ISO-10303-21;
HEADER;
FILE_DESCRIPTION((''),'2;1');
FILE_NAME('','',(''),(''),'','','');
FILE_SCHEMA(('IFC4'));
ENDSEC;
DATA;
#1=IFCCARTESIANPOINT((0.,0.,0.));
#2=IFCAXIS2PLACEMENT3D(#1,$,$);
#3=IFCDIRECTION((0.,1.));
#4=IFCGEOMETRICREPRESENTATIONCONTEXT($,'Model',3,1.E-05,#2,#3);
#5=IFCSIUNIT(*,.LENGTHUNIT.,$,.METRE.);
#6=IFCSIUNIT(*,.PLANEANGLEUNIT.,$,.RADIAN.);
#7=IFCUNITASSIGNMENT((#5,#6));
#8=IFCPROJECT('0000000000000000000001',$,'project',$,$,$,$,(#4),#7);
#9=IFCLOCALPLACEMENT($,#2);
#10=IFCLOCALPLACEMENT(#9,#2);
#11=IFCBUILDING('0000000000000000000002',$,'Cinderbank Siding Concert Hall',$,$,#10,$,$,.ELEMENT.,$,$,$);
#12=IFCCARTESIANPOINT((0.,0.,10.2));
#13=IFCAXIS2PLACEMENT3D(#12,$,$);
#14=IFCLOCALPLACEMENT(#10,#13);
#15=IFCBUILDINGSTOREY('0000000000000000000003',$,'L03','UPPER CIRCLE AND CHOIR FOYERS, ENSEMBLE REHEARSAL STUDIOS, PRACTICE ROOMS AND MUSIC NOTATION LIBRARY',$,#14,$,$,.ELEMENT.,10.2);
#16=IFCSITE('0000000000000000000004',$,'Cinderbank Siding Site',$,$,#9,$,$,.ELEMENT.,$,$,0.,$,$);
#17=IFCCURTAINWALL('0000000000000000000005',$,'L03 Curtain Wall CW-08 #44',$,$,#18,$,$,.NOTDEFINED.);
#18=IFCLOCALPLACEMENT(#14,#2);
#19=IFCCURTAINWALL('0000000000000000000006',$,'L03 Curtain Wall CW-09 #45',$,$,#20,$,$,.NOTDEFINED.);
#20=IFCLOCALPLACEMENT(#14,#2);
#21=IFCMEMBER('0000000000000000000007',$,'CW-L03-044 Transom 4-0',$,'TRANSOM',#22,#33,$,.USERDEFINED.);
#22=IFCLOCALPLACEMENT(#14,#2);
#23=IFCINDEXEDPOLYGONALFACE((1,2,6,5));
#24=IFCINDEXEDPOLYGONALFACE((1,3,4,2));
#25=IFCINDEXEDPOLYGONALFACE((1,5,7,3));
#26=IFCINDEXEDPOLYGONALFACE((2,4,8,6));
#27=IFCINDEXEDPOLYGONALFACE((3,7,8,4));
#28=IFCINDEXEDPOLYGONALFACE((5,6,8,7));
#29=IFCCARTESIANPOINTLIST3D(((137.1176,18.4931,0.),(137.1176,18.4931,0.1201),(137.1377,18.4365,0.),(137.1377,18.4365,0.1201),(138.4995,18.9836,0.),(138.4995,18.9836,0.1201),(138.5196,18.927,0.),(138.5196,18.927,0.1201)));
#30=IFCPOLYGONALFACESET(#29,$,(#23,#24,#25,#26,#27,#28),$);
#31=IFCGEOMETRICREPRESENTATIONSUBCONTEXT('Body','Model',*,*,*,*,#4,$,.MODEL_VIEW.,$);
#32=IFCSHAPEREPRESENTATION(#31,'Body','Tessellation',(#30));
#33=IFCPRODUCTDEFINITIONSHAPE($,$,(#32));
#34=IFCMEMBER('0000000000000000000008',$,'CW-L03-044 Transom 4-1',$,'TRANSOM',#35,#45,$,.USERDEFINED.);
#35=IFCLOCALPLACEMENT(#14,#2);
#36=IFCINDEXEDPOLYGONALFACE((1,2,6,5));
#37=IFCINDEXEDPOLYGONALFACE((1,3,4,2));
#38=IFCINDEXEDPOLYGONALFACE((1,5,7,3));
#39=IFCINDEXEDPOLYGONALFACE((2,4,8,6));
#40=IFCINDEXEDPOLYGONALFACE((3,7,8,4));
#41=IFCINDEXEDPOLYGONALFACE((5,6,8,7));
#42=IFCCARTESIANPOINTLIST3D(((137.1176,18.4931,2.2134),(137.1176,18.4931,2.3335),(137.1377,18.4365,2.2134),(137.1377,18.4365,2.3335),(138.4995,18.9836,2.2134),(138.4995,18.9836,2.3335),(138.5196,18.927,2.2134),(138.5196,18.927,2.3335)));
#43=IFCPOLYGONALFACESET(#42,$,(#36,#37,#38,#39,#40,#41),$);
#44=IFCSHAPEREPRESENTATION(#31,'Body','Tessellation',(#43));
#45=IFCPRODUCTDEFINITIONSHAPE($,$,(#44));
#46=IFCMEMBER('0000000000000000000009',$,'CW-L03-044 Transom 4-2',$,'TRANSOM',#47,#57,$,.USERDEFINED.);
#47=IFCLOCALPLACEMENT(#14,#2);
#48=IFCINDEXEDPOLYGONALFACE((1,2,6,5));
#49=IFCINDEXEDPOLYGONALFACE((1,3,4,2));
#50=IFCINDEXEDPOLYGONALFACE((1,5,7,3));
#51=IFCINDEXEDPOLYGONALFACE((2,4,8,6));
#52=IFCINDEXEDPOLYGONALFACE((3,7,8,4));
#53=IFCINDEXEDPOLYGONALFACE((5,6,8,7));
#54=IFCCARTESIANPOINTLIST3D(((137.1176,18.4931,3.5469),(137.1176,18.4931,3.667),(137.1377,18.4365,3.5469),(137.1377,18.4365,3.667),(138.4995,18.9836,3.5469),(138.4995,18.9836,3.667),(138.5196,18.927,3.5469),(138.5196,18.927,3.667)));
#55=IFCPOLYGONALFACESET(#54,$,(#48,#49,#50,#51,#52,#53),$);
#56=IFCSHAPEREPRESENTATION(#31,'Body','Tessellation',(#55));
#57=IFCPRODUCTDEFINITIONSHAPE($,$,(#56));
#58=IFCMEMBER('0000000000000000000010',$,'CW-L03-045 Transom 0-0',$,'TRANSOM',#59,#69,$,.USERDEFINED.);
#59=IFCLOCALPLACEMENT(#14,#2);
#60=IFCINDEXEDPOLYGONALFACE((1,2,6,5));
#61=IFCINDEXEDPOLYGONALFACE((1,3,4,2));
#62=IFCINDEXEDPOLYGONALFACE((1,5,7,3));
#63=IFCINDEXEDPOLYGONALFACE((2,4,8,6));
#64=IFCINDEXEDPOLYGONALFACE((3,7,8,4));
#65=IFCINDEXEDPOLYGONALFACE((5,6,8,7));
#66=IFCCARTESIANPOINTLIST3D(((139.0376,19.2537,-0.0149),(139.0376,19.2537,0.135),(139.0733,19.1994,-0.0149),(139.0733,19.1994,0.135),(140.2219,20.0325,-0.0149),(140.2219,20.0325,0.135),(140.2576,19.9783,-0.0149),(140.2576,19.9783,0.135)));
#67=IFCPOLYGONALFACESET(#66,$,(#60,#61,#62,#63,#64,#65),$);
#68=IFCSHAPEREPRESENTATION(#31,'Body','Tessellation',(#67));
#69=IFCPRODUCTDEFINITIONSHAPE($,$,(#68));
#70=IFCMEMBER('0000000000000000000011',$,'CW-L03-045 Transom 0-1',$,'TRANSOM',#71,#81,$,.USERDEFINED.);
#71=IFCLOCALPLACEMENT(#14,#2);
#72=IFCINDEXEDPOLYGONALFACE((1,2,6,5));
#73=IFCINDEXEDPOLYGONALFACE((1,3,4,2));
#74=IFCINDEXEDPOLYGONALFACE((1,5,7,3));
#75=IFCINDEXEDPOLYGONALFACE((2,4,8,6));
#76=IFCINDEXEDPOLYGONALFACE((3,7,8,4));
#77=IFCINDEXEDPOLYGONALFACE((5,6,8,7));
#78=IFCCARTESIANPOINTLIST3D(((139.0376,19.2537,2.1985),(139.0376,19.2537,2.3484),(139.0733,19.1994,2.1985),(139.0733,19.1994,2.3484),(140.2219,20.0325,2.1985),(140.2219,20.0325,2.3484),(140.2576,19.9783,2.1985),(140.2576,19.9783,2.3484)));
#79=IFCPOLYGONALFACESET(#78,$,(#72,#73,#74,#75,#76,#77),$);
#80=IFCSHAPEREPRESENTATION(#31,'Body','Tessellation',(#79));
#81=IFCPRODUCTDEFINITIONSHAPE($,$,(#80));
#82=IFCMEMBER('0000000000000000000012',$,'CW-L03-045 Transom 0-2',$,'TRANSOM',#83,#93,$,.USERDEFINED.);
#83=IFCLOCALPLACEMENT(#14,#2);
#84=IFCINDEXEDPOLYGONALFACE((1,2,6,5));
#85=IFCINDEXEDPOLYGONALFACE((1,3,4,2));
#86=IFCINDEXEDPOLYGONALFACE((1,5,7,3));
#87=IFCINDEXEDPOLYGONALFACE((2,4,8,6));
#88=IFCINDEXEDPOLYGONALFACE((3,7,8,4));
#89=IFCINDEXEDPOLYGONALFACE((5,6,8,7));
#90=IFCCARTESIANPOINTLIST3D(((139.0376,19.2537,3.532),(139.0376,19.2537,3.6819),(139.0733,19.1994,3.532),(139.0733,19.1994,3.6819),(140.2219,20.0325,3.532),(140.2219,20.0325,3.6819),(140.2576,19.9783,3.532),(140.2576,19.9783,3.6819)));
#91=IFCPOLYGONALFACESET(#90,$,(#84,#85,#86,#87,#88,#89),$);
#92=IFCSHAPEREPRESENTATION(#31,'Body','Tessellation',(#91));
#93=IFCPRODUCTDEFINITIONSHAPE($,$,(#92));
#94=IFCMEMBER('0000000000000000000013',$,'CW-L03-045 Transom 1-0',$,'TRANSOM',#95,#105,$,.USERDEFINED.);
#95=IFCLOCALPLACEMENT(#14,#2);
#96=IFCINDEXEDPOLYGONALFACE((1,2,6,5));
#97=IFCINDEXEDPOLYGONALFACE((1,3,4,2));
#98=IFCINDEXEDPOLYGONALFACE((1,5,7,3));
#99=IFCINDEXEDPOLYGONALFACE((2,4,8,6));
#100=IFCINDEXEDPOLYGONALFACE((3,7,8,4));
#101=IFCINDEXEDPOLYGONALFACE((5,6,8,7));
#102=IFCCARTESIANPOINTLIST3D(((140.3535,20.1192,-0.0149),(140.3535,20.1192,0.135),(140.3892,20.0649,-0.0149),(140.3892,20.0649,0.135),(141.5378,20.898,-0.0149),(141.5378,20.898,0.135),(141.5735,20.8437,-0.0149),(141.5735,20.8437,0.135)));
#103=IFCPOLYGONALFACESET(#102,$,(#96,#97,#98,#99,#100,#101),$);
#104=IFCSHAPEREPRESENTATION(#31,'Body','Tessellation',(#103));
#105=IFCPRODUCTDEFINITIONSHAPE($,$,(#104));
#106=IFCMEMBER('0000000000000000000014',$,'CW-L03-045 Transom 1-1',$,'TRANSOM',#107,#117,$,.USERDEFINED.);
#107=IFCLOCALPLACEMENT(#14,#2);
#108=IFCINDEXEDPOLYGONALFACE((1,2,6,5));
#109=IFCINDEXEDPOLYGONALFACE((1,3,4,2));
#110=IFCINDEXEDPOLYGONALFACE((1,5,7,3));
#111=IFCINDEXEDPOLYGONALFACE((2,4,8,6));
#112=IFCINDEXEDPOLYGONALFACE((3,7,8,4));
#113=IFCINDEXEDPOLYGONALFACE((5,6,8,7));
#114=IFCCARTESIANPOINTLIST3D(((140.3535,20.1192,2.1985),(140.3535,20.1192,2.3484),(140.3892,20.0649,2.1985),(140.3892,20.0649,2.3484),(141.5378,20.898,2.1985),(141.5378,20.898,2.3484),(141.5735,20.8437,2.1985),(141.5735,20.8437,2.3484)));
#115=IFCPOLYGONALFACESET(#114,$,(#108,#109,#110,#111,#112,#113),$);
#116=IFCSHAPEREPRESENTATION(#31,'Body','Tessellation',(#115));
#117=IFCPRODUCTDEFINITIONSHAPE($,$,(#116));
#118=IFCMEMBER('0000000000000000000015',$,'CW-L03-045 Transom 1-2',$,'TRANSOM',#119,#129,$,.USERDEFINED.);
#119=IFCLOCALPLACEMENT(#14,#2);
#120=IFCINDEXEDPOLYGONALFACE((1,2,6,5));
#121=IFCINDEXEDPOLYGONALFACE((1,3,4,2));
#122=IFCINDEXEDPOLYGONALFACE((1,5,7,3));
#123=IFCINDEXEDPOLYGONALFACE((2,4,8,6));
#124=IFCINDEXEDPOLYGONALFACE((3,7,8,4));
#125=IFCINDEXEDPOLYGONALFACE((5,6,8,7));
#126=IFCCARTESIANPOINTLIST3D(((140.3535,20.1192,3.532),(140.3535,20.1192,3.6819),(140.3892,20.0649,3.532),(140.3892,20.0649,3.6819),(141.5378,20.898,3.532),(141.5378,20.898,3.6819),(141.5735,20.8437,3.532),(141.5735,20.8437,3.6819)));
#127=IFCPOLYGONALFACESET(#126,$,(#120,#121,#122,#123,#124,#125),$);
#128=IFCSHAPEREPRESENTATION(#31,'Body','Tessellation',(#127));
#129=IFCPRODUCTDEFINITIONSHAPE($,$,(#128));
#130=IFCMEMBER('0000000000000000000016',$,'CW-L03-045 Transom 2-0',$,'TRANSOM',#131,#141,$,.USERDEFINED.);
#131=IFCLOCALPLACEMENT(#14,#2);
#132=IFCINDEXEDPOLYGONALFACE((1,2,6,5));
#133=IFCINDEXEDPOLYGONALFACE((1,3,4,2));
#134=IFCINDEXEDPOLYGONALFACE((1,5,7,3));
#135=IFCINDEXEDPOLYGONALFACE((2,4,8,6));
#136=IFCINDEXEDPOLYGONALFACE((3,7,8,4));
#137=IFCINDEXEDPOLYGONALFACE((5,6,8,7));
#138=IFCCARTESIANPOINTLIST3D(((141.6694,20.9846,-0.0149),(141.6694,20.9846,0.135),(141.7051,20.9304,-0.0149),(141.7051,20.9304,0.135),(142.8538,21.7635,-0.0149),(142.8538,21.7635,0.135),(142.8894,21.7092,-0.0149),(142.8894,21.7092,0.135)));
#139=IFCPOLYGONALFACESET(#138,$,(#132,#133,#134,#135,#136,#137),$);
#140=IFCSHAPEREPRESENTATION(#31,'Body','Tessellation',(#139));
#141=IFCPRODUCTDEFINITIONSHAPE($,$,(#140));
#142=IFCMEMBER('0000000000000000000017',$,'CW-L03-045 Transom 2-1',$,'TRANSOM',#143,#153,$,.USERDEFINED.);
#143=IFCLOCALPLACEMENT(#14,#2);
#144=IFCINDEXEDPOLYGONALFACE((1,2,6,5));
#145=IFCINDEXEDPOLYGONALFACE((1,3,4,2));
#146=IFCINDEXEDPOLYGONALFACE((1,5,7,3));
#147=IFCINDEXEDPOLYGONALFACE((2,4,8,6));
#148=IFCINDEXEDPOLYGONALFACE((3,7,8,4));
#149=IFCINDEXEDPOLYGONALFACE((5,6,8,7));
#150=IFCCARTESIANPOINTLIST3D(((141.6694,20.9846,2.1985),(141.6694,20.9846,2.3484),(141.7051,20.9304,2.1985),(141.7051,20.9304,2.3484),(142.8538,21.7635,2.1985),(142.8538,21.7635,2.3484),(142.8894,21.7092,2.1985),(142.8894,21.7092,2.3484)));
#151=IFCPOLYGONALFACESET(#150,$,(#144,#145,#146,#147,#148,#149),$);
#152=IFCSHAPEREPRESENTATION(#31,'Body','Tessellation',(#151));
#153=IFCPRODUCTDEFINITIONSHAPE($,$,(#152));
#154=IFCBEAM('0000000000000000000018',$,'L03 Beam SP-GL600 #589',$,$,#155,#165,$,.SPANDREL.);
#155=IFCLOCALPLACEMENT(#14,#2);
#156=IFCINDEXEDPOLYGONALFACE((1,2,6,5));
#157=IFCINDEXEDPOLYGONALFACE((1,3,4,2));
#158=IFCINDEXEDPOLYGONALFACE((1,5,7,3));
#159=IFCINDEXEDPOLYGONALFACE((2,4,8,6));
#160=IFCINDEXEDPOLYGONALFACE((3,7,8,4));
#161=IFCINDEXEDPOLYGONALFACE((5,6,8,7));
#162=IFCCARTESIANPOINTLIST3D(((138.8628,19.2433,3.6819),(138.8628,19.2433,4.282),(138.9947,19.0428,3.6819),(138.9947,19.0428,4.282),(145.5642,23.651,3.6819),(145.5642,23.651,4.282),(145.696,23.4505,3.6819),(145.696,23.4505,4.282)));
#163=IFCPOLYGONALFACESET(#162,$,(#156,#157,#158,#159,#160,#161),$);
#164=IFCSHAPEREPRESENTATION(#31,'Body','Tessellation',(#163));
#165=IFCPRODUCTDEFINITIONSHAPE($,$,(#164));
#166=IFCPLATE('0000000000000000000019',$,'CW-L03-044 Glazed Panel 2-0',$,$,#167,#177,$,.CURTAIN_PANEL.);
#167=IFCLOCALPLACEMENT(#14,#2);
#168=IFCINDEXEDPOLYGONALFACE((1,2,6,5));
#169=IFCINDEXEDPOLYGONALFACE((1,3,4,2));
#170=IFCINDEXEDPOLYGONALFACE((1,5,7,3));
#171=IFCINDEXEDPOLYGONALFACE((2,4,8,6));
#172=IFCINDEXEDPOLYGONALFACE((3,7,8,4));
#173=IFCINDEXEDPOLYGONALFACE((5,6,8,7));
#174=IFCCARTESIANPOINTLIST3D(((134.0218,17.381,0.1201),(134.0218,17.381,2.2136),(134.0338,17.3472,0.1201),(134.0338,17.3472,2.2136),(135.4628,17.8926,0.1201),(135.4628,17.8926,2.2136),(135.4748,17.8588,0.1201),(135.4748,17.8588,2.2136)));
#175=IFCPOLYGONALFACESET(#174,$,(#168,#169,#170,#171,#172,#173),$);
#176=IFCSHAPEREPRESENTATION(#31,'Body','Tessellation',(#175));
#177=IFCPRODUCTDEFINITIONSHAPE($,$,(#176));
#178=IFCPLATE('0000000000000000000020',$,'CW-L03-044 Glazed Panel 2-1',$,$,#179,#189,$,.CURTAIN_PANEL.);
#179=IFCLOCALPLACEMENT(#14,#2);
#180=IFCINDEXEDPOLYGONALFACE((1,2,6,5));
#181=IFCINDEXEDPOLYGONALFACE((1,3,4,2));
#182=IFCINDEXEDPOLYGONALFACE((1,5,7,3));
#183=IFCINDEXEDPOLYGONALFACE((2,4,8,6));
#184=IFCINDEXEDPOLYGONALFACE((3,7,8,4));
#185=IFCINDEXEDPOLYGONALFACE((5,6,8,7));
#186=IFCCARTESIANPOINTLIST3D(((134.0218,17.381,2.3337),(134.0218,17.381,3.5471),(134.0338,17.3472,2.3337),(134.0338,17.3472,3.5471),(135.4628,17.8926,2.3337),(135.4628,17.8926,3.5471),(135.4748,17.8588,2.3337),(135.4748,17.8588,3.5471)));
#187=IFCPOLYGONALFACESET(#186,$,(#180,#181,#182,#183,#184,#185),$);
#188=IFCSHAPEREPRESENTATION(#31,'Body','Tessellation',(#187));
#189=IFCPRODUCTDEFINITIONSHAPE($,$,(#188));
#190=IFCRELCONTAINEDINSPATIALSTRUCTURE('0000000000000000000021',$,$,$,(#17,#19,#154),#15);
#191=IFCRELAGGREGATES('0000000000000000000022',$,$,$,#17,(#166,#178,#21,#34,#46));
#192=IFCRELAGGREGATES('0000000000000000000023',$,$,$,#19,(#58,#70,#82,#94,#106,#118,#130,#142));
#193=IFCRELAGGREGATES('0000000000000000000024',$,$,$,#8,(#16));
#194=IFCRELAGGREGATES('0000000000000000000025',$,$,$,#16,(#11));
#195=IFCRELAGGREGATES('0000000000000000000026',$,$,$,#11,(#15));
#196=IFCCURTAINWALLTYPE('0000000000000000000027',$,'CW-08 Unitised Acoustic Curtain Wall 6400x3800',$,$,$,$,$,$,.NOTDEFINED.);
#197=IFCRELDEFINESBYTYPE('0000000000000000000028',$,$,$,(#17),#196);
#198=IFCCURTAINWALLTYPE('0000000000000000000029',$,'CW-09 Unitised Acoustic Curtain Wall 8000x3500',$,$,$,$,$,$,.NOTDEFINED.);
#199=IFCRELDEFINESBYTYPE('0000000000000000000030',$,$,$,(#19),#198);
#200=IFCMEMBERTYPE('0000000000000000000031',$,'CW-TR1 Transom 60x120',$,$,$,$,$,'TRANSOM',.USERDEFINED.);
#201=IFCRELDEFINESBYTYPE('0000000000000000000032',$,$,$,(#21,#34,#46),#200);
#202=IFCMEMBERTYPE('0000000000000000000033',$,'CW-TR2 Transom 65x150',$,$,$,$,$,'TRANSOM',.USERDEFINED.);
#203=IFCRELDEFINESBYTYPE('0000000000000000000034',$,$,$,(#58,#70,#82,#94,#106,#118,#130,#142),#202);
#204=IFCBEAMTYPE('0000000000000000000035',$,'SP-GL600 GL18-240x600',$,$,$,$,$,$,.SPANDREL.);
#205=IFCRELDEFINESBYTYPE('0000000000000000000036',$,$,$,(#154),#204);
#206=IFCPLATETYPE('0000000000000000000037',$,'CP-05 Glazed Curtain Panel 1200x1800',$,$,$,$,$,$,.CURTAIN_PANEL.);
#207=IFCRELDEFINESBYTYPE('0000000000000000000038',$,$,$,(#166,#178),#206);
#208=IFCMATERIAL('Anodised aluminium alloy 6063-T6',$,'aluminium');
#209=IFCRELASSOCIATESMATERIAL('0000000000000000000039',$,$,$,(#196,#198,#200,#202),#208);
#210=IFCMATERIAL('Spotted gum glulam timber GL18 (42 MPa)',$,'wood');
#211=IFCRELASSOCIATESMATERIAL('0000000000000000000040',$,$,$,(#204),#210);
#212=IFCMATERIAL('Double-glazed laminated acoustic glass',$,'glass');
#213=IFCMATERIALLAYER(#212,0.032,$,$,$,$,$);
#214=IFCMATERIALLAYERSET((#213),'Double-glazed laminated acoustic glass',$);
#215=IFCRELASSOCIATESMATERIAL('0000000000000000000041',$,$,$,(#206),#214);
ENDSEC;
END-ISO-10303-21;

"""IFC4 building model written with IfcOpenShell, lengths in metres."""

from ifc_helpers import new_model, si_unit, direction, frame, origin, origin_2d, place, context, subcontext, project, spatial, rectangle, extrude, material, layer, layer_set, material_profile, profile_set, type_object, element, aggregate, save


model = new_model("IFC4")

# Units and contexts
model_context = context("Model", 3, precision=1e-05, world=origin(), true_north=direction((0.0, 1.0)))
body_context = subcontext(model_context, "Body", "Model", "MODEL_VIEW")
ifc_project = project(units=[si_unit("LENGTHUNIT", "METRE"), si_unit("PLANEANGLEUNIT", "RADIAN")], contexts=[model_context])

# Site, building, storey
site_placement = place(None, origin())
site = spatial("IfcSite", under=ifc_project, at=site_placement, Name="Cinderbank Siding Site", CompositionType="ELEMENT", RefElevation=0.0)
building_placement = place(site_placement, origin())
building = spatial("IfcBuilding", under=site, at=building_placement, Name="Cinderbank Siding Concert Hall", CompositionType="ELEMENT")
storey_placement = place(building_placement, frame((0.0, 0.0, 10.2)))
storey = spatial("IfcBuildingStorey", under=building, at=storey_placement, Name="L03", Description="UPPER CIRCLE AND CHOIR FOYERS, ENSEMBLE REHEARSAL STUDIOS, PRACTICE ROOMS AND MUSIC NOTATION LIBRARY", CompositionType="ELEMENT", Elevation=10.2)

# Curtain walls
ifc_material_1 = material(Name="Anodised aluminium alloy 6063-T6", Category="aluminium")
curtain_wall_type_1 = type_object("IfcCurtainWallType", Name="CW-08 Unitised Acoustic Curtain Wall 6400x3800", PredefinedType="NOTDEFINED", material=ifc_material_1)
curtain_wall_1_placement = place(storey_placement, origin())
curtain_wall_1 = element("IfcCurtainWall", 1, at=curtain_wall_1_placement, inside=storey, type_object=curtain_wall_type_1, Name="L03 Curtain Wall CW-08 #44", PredefinedType="NOTDEFINED")
curtain_wall_type_2 = type_object("IfcCurtainWallType", Name="CW-09 Unitised Acoustic Curtain Wall 8000x3500", PredefinedType="NOTDEFINED", material=ifc_material_1)
curtain_wall_2_placement = place(storey_placement, origin())
curtain_wall_2 = element("IfcCurtainWall", 2, at=curtain_wall_2_placement, inside=storey, type_object=curtain_wall_type_2, Name="L03 Curtain Wall CW-09 #45", PredefinedType="NOTDEFINED")

# Members
ifc_material_profile_1 = material_profile(ifc_material_1, rectangle(XDim=0.0601, YDim=0.1201, at=origin_2d()), Name="ALU-TRAN-60x120", Category="LoadBearing")
ifc_profile_set_1 = profile_set([ifc_material_profile_1], Name="Anodised aluminium alloy 6063-T6")
member_type_1 = type_object("IfcMemberType", Name="CW-TR1 Transom 60x120", ElementType="TRANSOM", PredefinedType="USERDEFINED", material=ifc_profile_set_1)
member_1_placement = place(storey_placement, frame((137.1277, 18.4648, 0.0601), z_axis=(0.942396, 0.3345, 0.0), x_axis=(-0.3345, 0.942396, 0.0)))
member_1 = element("IfcMember", 3, at=member_1_placement, type_object=member_type_1, Name="CW-L03-044 Transom 4-0", ObjectType="TRANSOM", PredefinedType="USERDEFINED", context=body_context, shape_type="SweptSolid", body=[
    extrude(rectangle(XDim=0.0601, YDim=0.1201, at=origin_2d()), origin(), (0.0, 0.0, 1.0), 1.4663),
])
member_2_placement = place(storey_placement, frame((137.1277, 18.4648, 2.2734), z_axis=(0.942396, 0.3345, 0.0), x_axis=(-0.3345, 0.942396, 0.0)))
member_2 = element("IfcMember", 4, at=member_2_placement, type_object=member_type_1, Name="CW-L03-044 Transom 4-1", ObjectType="TRANSOM", PredefinedType="USERDEFINED", context=body_context, shape_type="SweptSolid", body=[
    extrude(rectangle(XDim=0.0601, YDim=0.1201, at=origin_2d()), origin(), (0.0, 0.0, 1.0), 1.4663),
])
member_3_placement = place(storey_placement, frame((137.1277, 18.4648, 3.6069), z_axis=(0.942396, 0.3345, 0.0), x_axis=(-0.3345, 0.942396, 0.0)))
member_3 = element("IfcMember", 5, at=member_3_placement, type_object=member_type_1, Name="CW-L03-044 Transom 4-2", ObjectType="TRANSOM", PredefinedType="USERDEFINED", context=body_context, shape_type="SweptSolid", body=[
    extrude(rectangle(XDim=0.0601, YDim=0.1201, at=origin_2d()), origin(), (0.0, 0.0, 1.0), 1.4663),
])
ifc_material_profile_2 = material_profile(ifc_material_1, rectangle(XDim=0.0649, YDim=0.1499, at=origin_2d()), Name="ALU-TRAN-65x150", Category="LoadBearing")
ifc_profile_set_2 = profile_set([ifc_material_profile_2], Name="Anodised aluminium alloy 6063-T6")
member_type_2 = type_object("IfcMemberType", Name="CW-TR2 Transom 65x150", ElementType="TRANSOM", PredefinedType="USERDEFINED", material=ifc_profile_set_2)
member_4_placement = place(storey_placement, frame((139.0554, 19.2266, 0.0601), z_axis=(0.835532, 0.549443, 0.0), x_axis=(-0.549443, 0.835532, 0.0)))
member_4 = element("IfcMember", 6, at=member_4_placement, type_object=member_type_2, Name="CW-L03-045 Transom 0-0", ObjectType="TRANSOM", PredefinedType="USERDEFINED", context=body_context, shape_type="SweptSolid", body=[
    extrude(rectangle(XDim=0.0649, YDim=0.1499, at=origin_2d()), origin(), (0.0, 0.0, 1.0), 1.4175),
])
member_5_placement = place(storey_placement, frame((139.0554, 19.2266, 2.2734), z_axis=(0.835532, 0.549443, 0.0), x_axis=(-0.549443, 0.835532, 0.0)))
member_5 = element("IfcMember", 7, at=member_5_placement, type_object=member_type_2, Name="CW-L03-045 Transom 0-1", ObjectType="TRANSOM", PredefinedType="USERDEFINED", context=body_context, shape_type="SweptSolid", body=[
    extrude(rectangle(XDim=0.0649, YDim=0.1499, at=origin_2d()), origin(), (0.0, 0.0, 1.0), 1.4175),
])
member_6_placement = place(storey_placement, frame((139.0554, 19.2266, 3.6069), z_axis=(0.835532, 0.549443, 0.0), x_axis=(-0.549443, 0.835532, 0.0)))
member_6 = element("IfcMember", 8, at=member_6_placement, type_object=member_type_2, Name="CW-L03-045 Transom 0-2", ObjectType="TRANSOM", PredefinedType="USERDEFINED", context=body_context, shape_type="SweptSolid", body=[
    extrude(rectangle(XDim=0.0649, YDim=0.1499, at=origin_2d()), origin(), (0.0, 0.0, 1.0), 1.4175),
])
member_7_placement = place(storey_placement, frame((140.3713, 20.092, 0.0601), z_axis=(0.835532, 0.549443, 0.0), x_axis=(-0.549443, 0.835532, 0.0)))
member_7 = element("IfcMember", 9, at=member_7_placement, type_object=member_type_2, Name="CW-L03-045 Transom 1-0", ObjectType="TRANSOM", PredefinedType="USERDEFINED", context=body_context, shape_type="SweptSolid", body=[
    extrude(rectangle(XDim=0.0649, YDim=0.1499, at=origin_2d()), origin(), (0.0, 0.0, 1.0), 1.4175),
])
member_8_placement = place(storey_placement, frame((140.3713, 20.092, 2.2734), z_axis=(0.835532, 0.549443, 0.0), x_axis=(-0.549443, 0.835532, 0.0)))
member_8 = element("IfcMember", 10, at=member_8_placement, type_object=member_type_2, Name="CW-L03-045 Transom 1-1", ObjectType="TRANSOM", PredefinedType="USERDEFINED", context=body_context, shape_type="SweptSolid", body=[
    extrude(rectangle(XDim=0.0649, YDim=0.1499, at=origin_2d()), origin(), (0.0, 0.0, 1.0), 1.4175),
])
member_9_placement = place(storey_placement, frame((140.3713, 20.092, 3.6069), z_axis=(0.835532, 0.549443, 0.0), x_axis=(-0.549443, 0.835532, 0.0)))
member_9 = element("IfcMember", 11, at=member_9_placement, type_object=member_type_2, Name="CW-L03-045 Transom 1-2", ObjectType="TRANSOM", PredefinedType="USERDEFINED", context=body_context, shape_type="SweptSolid", body=[
    extrude(rectangle(XDim=0.0649, YDim=0.1499, at=origin_2d()), origin(), (0.0, 0.0, 1.0), 1.4175),
])
member_10_placement = place(storey_placement, frame((141.6873, 20.9575, 0.0601), z_axis=(0.835532, 0.549443, 0.0), x_axis=(-0.549443, 0.835532, 0.0)))
member_10 = element("IfcMember", 12, at=member_10_placement, type_object=member_type_2, Name="CW-L03-045 Transom 2-0", ObjectType="TRANSOM", PredefinedType="USERDEFINED", context=body_context, shape_type="SweptSolid", body=[
    extrude(rectangle(XDim=0.0649, YDim=0.1499, at=origin_2d()), origin(), (0.0, 0.0, 1.0), 1.4175),
])
member_11_placement = place(storey_placement, frame((141.6873, 20.9575, 2.2734), z_axis=(0.835532, 0.549443, 0.0), x_axis=(-0.549443, 0.835532, 0.0)))
member_11 = element("IfcMember", 13, at=member_11_placement, type_object=member_type_2, Name="CW-L03-045 Transom 2-1", ObjectType="TRANSOM", PredefinedType="USERDEFINED", context=body_context, shape_type="SweptSolid", body=[
    extrude(rectangle(XDim=0.0649, YDim=0.1499, at=origin_2d()), origin(), (0.0, 0.0, 1.0), 1.4175),
])

# Beam
ifc_material_2 = material(Name="Spotted gum glulam timber GL18 (42 MPa)", Category="wood")
ifc_material_profile_3 = material_profile(ifc_material_2, rectangle(XDim=0.24, YDim=0.6001, at=origin_2d()), Name="GL18-240x600", Category="LoadBearing")
ifc_profile_set_3 = profile_set([ifc_material_profile_3], Name="Spotted gum glulam timber GL18 (42 MPa)")
beam_type = type_object("IfcBeamType", Name="SP-GL600 GL18-240x600", PredefinedType="SPANDREL", material=ifc_profile_set_3)
beam_placement = place(storey_placement, frame((138.9287, 19.1431, 3.9819), z_axis=(0.835481, 0.54952, 0.0), x_axis=(-0.54952, 0.835481, 0.0)))
element("IfcBeam", 14, at=beam_placement, inside=storey, type_object=beam_type, Name="L03 Beam SP-GL600 #589", PredefinedType="SPANDREL", context=body_context, shape_type="SweptSolid", body=[
    extrude(rectangle(XDim=0.24, YDim=0.6001, at=origin_2d()), origin(), (0.0, 0.0, 1.0), 8.021),
])

# Plates
ifc_material_3 = material(Name="Double-glazed laminated acoustic glass", Category="glass")
ifc_layer_1 = layer(ifc_material_3, 0.032)
ifc_layer_set_1 = layer_set([ifc_layer_1], Name="Double-glazed laminated acoustic glass")
plate_type_1 = type_object("IfcPlateType", Name="CP-05 Glazed Curtain Panel 1200x1800", PredefinedType="CURTAIN_PANEL", material=ifc_layer_set_1)
plate_1_placement = place(storey_placement, frame((134.7483, 17.6199, 0.1201), z_axis=(0.0, 0.0, 1.0), x_axis=(0.942366, 0.334585, 0.0)))
plate_1 = element("IfcPlate", 15, at=plate_1_placement, type_object=plate_type_1, Name="CW-L03-044 Glazed Panel 2-0", PredefinedType="CURTAIN_PANEL", context=body_context, shape_type="SweptSolid", body=[
    extrude(rectangle(XDim=1.5291, YDim=0.0359, at=origin_2d()), origin(), (0.0, 0.0, 1.0), 2.0935),
])
plate_2_placement = place(storey_placement, frame((134.7483, 17.6199, 2.3337), z_axis=(0.0, 0.0, 1.0), x_axis=(0.942366, 0.334585, 0.0)))
plate_2 = element("IfcPlate", 16, at=plate_2_placement, type_object=plate_type_1, Name="CW-L03-044 Glazed Panel 2-1", PredefinedType="CURTAIN_PANEL", context=body_context, shape_type="SweptSolid", body=[
    extrude(rectangle(XDim=1.5291, YDim=0.0359, at=origin_2d()), origin(), (0.0, 0.0, 1.0), 1.2134),
])
aggregate(curtain_wall_1, [plate_1, plate_2, member_1, member_2, member_3])
aggregate(curtain_wall_2, [member_4, member_5, member_6, member_7, member_8, member_9, member_10, member_11])

save(model, "model.ifc")
